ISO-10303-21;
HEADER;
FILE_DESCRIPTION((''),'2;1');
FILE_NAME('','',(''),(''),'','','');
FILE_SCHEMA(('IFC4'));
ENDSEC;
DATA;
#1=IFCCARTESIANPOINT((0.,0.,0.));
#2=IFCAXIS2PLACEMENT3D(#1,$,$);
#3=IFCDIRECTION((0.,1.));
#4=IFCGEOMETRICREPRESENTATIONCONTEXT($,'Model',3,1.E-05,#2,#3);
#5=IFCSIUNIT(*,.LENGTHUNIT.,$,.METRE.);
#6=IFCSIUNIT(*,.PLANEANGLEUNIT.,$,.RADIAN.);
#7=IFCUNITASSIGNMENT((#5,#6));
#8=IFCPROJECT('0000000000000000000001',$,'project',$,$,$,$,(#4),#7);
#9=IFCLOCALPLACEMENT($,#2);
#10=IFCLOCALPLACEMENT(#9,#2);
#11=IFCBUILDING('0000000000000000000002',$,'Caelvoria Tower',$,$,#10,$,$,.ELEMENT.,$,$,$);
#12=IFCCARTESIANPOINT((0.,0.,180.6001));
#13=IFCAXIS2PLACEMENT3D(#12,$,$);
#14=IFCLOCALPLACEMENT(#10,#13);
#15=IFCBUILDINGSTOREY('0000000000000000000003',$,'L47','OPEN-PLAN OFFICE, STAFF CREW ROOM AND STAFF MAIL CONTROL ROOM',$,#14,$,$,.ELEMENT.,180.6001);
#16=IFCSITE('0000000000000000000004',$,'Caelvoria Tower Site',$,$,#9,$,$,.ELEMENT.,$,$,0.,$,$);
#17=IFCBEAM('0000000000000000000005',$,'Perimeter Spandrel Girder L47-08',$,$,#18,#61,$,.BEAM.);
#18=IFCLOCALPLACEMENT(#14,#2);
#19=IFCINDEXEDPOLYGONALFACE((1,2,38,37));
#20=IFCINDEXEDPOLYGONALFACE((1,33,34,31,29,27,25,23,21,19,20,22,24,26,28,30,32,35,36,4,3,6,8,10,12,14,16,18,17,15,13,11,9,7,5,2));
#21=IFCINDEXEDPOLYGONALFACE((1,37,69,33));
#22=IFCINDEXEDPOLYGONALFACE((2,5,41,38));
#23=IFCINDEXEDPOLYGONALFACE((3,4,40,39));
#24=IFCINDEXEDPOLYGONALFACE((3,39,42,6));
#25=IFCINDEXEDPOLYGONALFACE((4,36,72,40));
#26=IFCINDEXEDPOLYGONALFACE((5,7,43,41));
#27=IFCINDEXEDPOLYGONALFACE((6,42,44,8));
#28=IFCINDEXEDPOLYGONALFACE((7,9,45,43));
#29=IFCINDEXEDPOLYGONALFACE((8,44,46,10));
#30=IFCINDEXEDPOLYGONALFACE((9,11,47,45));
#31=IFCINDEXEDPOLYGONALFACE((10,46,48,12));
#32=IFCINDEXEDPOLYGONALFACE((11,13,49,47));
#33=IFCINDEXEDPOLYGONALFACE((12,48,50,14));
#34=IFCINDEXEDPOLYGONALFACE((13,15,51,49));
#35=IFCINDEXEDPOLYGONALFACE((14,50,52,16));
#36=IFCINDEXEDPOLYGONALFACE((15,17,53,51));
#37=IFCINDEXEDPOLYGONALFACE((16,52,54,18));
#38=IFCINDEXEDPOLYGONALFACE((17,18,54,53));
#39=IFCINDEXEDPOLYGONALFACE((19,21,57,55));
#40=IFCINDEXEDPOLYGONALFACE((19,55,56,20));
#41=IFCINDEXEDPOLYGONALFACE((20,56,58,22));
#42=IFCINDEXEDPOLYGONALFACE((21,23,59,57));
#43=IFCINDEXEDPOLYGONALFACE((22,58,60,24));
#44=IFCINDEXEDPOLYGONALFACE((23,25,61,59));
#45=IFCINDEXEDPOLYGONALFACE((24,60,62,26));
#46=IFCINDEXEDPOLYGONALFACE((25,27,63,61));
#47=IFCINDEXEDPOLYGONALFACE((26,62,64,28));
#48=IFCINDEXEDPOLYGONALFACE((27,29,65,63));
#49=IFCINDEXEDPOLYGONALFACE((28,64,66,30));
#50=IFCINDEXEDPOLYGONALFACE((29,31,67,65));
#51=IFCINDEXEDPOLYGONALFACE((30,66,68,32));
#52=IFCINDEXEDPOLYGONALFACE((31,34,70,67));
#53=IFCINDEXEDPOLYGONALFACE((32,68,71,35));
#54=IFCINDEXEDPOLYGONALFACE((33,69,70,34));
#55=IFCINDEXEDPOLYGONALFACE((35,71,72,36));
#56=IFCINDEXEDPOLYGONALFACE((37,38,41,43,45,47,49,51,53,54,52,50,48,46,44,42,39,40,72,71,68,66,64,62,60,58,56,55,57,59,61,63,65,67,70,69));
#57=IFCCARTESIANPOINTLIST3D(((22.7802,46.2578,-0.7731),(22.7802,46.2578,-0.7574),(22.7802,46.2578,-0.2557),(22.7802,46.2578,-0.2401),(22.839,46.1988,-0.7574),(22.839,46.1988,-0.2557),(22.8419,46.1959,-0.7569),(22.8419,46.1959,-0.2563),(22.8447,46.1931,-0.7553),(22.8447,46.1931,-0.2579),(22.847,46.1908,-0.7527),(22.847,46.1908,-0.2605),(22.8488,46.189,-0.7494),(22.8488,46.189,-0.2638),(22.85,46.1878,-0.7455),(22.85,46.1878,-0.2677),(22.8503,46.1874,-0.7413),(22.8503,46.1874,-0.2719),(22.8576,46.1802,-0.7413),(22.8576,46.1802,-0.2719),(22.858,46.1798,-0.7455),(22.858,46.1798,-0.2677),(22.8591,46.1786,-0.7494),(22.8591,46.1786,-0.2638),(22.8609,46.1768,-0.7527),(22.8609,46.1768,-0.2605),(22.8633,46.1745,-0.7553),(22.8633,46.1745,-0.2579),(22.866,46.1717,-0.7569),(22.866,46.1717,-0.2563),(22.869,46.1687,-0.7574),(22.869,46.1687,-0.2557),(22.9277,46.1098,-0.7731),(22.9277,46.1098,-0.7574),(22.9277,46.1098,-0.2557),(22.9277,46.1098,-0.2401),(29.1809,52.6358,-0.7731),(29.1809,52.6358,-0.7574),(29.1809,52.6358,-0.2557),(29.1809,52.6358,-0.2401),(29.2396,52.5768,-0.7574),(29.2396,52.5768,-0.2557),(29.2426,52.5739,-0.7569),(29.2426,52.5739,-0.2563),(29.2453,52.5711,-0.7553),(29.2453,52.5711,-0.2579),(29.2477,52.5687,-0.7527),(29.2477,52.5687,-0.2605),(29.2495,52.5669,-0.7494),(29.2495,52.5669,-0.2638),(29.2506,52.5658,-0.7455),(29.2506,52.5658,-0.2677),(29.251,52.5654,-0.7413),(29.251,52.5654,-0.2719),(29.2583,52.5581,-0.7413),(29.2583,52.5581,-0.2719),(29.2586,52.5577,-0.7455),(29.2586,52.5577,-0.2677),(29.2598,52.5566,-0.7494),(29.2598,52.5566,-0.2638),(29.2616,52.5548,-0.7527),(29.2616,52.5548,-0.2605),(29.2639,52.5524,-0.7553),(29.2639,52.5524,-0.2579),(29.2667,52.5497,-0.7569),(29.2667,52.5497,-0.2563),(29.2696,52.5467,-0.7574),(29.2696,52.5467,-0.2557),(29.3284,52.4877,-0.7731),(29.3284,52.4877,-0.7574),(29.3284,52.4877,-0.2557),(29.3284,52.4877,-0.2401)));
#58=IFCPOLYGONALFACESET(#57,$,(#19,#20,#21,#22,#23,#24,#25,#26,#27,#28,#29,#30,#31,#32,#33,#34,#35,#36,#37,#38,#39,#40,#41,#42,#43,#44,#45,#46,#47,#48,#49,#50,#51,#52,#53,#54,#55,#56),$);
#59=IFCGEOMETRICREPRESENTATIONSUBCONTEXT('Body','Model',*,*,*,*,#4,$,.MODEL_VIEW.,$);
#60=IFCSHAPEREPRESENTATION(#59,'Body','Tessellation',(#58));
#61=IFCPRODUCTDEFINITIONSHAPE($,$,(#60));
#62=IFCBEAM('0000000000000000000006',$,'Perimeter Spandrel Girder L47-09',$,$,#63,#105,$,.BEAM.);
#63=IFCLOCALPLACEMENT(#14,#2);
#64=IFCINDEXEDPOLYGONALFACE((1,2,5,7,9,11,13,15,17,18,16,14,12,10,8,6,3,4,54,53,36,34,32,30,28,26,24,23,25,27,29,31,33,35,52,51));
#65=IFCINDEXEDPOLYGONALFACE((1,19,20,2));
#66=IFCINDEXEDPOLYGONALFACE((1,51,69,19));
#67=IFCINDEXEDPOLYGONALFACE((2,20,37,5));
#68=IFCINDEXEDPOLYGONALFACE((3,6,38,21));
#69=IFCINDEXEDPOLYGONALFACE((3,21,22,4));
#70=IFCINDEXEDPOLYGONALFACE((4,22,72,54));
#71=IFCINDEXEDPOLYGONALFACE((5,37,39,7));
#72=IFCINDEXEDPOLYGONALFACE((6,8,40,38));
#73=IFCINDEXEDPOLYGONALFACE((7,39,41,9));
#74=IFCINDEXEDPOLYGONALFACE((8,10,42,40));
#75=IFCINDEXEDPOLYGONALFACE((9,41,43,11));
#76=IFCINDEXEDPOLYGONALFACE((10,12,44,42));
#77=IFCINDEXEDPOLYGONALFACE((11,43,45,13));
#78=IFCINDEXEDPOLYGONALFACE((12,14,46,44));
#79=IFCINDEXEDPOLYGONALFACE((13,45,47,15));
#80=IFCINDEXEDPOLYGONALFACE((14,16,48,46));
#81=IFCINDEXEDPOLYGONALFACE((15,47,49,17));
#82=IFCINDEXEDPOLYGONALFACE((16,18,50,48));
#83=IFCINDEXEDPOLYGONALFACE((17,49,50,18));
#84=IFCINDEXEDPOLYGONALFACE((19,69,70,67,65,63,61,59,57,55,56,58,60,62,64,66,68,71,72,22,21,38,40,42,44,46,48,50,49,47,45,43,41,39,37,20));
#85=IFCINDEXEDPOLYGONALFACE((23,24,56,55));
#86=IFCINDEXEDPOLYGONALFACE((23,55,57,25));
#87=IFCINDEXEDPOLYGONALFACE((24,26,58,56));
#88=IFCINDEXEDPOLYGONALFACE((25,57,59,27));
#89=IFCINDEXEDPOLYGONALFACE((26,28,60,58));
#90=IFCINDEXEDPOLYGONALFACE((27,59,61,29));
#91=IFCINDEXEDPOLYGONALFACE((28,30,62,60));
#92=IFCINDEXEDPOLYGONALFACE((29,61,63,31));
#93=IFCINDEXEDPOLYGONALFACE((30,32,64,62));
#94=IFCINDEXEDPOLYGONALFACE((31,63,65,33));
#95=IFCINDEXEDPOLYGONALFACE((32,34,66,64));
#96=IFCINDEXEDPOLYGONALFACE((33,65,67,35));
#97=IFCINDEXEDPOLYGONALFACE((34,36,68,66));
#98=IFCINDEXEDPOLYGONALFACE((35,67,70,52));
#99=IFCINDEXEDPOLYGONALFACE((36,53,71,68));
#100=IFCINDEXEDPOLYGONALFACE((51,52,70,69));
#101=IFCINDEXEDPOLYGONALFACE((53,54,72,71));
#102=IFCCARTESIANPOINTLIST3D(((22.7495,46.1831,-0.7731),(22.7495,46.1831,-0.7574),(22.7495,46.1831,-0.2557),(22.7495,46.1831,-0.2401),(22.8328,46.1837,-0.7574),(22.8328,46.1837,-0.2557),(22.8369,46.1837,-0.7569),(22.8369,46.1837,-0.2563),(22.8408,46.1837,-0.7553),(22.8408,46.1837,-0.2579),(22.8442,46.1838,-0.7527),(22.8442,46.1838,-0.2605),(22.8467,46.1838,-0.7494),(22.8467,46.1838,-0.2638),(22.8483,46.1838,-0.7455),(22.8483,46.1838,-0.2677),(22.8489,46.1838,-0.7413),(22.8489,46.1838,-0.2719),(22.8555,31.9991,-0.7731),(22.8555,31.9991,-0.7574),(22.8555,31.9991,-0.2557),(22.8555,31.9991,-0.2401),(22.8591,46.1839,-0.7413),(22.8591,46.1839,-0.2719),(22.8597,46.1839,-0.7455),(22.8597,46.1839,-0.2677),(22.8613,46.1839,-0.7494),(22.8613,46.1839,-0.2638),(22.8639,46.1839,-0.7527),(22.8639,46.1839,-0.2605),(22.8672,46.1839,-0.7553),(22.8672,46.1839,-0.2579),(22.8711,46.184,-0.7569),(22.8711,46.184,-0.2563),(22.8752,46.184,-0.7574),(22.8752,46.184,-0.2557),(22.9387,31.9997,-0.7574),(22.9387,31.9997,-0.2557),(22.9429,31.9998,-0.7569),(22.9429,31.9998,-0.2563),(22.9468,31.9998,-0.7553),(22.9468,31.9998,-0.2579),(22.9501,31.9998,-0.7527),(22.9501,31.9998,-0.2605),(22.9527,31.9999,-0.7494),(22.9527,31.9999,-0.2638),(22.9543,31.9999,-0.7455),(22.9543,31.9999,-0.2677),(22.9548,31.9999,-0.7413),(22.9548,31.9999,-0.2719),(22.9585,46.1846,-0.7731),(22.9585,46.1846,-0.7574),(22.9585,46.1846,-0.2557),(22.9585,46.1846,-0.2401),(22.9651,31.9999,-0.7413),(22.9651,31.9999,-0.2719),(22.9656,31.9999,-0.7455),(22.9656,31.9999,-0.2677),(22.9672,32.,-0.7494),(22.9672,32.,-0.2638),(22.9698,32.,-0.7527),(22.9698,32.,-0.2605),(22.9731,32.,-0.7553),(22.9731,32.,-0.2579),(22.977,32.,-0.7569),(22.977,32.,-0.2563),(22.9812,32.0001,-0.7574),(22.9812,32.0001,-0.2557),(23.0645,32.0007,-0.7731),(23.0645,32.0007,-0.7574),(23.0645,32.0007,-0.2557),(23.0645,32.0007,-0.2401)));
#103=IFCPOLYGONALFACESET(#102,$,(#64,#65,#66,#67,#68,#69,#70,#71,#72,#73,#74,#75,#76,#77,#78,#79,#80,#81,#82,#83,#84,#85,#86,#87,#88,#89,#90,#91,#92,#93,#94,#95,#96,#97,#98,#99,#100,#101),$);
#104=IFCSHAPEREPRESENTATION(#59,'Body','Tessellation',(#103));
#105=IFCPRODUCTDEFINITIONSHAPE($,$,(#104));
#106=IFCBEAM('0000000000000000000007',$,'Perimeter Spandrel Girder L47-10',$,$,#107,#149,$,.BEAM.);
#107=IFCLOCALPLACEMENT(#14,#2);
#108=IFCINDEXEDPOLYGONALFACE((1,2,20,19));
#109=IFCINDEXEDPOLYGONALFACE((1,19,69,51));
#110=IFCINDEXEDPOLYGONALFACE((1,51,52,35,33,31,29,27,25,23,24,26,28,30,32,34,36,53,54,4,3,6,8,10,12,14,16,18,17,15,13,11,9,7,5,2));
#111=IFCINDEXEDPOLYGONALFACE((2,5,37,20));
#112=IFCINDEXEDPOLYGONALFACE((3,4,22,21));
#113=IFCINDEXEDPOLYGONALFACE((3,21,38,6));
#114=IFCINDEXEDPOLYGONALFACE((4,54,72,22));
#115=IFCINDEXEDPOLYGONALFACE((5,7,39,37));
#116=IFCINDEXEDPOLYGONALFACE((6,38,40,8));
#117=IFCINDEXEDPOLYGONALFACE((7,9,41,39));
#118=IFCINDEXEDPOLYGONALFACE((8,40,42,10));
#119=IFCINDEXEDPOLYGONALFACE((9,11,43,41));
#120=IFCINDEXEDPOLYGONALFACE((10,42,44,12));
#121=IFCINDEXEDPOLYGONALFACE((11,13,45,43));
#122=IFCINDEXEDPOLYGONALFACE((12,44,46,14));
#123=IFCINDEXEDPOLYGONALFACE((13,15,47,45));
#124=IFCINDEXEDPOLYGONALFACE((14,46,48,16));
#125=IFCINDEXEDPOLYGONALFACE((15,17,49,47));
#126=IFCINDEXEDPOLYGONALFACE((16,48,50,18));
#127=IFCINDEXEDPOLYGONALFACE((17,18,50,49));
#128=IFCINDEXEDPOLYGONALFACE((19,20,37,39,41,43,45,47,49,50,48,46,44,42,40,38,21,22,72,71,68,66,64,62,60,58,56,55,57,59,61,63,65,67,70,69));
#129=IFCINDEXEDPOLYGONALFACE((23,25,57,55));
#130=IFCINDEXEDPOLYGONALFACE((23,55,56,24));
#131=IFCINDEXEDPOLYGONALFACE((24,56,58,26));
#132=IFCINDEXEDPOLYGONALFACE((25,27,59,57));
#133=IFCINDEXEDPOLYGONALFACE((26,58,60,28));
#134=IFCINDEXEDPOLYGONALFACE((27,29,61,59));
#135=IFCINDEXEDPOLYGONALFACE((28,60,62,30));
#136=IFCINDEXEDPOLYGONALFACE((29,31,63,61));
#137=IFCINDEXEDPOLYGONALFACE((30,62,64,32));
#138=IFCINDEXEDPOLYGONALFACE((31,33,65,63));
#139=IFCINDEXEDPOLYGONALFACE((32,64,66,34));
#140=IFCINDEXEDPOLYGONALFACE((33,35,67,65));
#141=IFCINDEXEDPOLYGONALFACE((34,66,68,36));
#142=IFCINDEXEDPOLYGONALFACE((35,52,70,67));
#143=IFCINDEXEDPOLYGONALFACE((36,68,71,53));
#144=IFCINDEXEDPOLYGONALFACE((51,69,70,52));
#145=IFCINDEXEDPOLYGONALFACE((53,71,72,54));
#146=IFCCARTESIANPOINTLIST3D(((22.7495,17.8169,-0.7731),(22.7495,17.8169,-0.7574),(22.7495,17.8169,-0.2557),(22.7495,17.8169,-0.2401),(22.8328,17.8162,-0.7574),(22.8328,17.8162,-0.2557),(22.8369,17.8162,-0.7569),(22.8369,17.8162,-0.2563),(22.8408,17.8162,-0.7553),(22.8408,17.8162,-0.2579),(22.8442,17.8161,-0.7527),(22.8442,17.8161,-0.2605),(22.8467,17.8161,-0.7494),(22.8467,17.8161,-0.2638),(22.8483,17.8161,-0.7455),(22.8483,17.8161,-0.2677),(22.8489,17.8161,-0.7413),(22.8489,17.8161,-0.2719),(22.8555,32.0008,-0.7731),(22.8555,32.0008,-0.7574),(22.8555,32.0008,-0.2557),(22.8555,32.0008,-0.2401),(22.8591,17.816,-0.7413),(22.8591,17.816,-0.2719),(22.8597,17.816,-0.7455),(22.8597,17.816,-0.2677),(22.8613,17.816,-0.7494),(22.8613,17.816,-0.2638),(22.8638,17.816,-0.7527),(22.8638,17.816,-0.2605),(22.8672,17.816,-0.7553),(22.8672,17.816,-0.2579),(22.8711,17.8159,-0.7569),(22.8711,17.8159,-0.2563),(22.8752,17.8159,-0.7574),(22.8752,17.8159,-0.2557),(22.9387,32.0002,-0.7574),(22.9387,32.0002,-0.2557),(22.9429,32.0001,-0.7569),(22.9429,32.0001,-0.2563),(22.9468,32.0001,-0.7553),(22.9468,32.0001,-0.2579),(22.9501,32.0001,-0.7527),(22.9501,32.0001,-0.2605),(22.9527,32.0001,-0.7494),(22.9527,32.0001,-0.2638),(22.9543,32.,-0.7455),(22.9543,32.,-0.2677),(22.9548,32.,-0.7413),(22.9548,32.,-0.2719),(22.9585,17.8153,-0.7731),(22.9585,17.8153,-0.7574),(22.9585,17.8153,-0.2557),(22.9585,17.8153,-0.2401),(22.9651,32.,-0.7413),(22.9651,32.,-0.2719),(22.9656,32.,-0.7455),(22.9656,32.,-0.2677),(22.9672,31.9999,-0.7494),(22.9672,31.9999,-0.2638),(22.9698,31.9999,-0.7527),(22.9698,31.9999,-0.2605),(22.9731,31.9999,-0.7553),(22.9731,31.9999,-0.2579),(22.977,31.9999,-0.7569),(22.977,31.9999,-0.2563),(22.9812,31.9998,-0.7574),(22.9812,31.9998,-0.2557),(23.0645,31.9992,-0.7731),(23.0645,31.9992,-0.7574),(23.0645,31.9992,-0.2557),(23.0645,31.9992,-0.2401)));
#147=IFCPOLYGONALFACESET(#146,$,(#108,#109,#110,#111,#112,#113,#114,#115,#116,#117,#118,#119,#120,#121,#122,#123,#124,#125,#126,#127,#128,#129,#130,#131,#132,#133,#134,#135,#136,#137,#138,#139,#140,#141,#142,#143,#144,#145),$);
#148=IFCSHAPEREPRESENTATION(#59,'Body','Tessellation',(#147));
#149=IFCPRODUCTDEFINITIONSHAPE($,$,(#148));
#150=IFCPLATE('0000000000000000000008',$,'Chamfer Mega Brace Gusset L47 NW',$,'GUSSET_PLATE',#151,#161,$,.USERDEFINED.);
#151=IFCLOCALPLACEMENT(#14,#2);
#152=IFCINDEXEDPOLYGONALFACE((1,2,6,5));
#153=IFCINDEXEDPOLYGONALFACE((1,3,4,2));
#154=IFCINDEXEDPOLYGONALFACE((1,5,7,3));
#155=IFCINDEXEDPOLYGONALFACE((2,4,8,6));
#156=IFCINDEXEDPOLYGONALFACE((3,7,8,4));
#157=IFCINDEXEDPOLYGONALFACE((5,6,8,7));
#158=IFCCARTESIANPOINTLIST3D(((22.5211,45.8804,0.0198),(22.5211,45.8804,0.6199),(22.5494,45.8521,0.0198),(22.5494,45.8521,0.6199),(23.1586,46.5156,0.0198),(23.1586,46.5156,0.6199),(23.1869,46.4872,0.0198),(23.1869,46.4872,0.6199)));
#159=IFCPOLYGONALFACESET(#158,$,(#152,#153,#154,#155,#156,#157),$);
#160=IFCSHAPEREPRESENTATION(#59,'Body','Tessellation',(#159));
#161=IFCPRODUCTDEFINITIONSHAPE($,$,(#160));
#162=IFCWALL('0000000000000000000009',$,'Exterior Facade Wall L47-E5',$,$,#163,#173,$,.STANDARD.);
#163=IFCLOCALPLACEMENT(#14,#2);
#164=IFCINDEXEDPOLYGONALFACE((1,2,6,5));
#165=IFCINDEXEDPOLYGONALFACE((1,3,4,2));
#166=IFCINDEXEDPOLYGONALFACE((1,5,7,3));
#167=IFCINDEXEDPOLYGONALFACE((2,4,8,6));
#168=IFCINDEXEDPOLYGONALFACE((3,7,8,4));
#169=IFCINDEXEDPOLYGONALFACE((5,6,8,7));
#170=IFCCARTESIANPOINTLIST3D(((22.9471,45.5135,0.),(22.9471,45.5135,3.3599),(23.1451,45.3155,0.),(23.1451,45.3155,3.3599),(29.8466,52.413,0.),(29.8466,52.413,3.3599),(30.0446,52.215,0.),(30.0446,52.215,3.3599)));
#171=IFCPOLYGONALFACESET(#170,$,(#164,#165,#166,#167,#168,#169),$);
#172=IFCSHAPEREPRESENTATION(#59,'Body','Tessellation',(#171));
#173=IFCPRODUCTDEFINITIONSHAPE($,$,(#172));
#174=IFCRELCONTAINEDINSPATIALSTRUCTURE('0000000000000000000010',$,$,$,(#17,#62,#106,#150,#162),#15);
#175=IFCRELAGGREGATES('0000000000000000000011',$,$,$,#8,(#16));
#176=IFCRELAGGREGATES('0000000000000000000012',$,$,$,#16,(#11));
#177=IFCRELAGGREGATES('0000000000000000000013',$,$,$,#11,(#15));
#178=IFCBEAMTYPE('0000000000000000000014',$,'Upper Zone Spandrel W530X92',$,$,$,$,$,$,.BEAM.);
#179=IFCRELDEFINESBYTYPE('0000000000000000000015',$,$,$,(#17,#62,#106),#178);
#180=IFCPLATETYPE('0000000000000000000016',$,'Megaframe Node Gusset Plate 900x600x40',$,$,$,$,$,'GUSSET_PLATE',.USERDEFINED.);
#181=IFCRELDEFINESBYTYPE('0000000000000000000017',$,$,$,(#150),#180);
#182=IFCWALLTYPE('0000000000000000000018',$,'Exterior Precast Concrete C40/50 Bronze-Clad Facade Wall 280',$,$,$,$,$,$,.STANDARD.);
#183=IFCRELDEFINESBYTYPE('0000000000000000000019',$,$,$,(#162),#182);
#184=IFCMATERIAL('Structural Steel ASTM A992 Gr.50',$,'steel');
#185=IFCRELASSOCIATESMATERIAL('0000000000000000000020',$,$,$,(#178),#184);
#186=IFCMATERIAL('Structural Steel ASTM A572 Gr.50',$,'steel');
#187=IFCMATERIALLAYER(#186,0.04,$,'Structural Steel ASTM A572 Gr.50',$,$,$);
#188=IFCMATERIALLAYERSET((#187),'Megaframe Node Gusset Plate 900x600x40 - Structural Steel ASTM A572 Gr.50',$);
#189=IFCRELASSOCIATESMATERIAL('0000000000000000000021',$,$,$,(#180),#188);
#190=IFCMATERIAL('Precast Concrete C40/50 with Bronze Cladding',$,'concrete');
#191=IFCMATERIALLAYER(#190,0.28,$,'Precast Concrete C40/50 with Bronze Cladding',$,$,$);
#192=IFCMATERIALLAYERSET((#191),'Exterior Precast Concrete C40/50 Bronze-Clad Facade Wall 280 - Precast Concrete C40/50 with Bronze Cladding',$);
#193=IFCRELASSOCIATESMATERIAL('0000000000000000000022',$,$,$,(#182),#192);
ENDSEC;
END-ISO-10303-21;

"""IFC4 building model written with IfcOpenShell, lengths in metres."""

from ifc_helpers import new_model, si_unit, direction, frame, frame_2d, origin, origin_2d, place, context, subcontext, project, spatial, rectangle, i_section, extrude, material, layer, layer_set, material_profile, profile_set, type_object, element, save


model = new_model("IFC4")

# Units and contexts
model_context = context("Model", 3, precision=1e-05, world=origin(), true_north=direction((0.0, 1.0)))
body_context = subcontext(model_context, "Body", "Model", "MODEL_VIEW")
ifc_project = project(units=[si_unit("LENGTHUNIT", "METRE"), si_unit("PLANEANGLEUNIT", "RADIAN")], contexts=[model_context])

# Site, building, storey
site_placement = place(None, origin())
site = spatial("IfcSite", under=ifc_project, at=site_placement, Name="Caelvoria Tower Site", CompositionType="ELEMENT", RefElevation=0.0)
building_placement = place(site_placement, origin())
building = spatial("IfcBuilding", under=site, at=building_placement, Name="Caelvoria Tower", CompositionType="ELEMENT")
storey_placement = place(building_placement, frame((0.0, 0.0, 180.6001)))
storey = spatial("IfcBuildingStorey", under=building, at=storey_placement, Name="L47", Description="OPEN-PLAN OFFICE, STAFF CREW ROOM AND STAFF MAIL CONTROL ROOM", CompositionType="ELEMENT", Elevation=180.6001)

# Shared definitions
ifc_material_1 = material(Name="Structural Steel ASTM A572 Gr.50", Category="steel")
ifc_material_2 = material(Name="Structural Steel ASTM A992 Gr.50", Category="steel")

# Beams
ifc_material_profile_1 = material_profile(ifc_material_2, i_section(OverallWidth=0.209, OverallDepth=0.533, WebThickness=0.0103, FlangeThickness=0.0156, FilletRadius=0.0161, at=origin_2d()), Name="Structural Steel ASTM A992 Gr.50")
ifc_profile_set_1 = profile_set([ifc_material_profile_1], Name="W530X92 - Structural Steel ASTM A992 Gr.50")
beam_type_1 = type_object("IfcBeamType", Name="Upper Zone Spandrel W530X92", PredefinedType="BEAM", material=ifc_profile_set_1)
beam_1_placement = place(storey_placement, frame((29.2546, 52.5618, -0.5066), z_axis=(-0.708362, -0.705849, 0.0), x_axis=(0.705849, -0.708362, 0.0)))
element("IfcBeam", 1, at=beam_1_placement, inside=storey, type_object=beam_type_1, Name="Perimeter Spandrel Girder L47-08", PredefinedType="BEAM", context=body_context, shape_type="SweptSolid", body=[
    extrude(i_section(OverallWidth=0.209, OverallDepth=0.533, WebThickness=0.0103, FlangeThickness=0.0156, FilletRadius=0.0161, at=origin_2d()), origin(), (0.0, 0.0, 1.0), 9.0359),
])
for number, where, z_axis, x_axis, name in (
    (2, (22.854, 46.1838, -0.5066), (0.00747, -0.999972, 0.0), (0.999972, 0.00747, 0.0), "Perimeter Spandrel Girder L47-09"),
    (3, (22.96, 32.0, -0.5066), (-0.00747, -0.999972, 0.0), (0.999972, -0.00747, 0.0), "Perimeter Spandrel Girder L47-10"),
):
    element("IfcBeam", number, at=place(storey_placement, frame(where, z_axis=z_axis, x_axis=x_axis)), inside=storey, type_object=beam_type_1, Name=name, PredefinedType="BEAM", context=body_context, shape_type="SweptSolid", body=[
        extrude(i_section(OverallWidth=0.209, OverallDepth=0.533, WebThickness=0.0103, FlangeThickness=0.0156, FilletRadius=0.0161, at=origin_2d()), origin(), (0.0, 0.0, 1.0), 14.1843),
    ])

# Plate
ifc_layer_1 = layer(ifc_material_1, 0.04, Name="Structural Steel ASTM A572 Gr.50")
ifc_layer_set_1 = layer_set([ifc_layer_1], Name="Megaframe Node Gusset Plate 900x600x40 - Structural Steel ASTM A572 Gr.50")
plate_type = type_object("IfcPlateType", Name="Megaframe Node Gusset Plate 900x600x40", ElementType="GUSSET_PLATE", PredefinedType="USERDEFINED", material=ifc_layer_set_1)
plate_placement = place(storey_placement, frame((22.854, 46.1838, 0.0198), z_axis=(0.0, 0.0, 1.0), x_axis=(0.708373, 0.705838, 0.0)))
element("IfcPlate", 4, at=plate_placement, inside=storey, type_object=plate_type, Name="Chamfer Mega Brace Gusset L47 NW", ObjectType="GUSSET_PLATE", PredefinedType="USERDEFINED", context=body_context, shape_type="SweptSolid", body=[
    extrude(rectangle(XDim=0.8999, YDim=0.04, at=origin_2d()), origin(), (0.0, 0.0, 1.0), 0.6001),
])

# Wall
ifc_material_3 = material(Name="Precast Concrete C40/50 with Bronze Cladding", Category="concrete")
ifc_layer_2 = layer(ifc_material_3, 0.28, Name="Precast Concrete C40/50 with Bronze Cladding")
ifc_layer_set_2 = layer_set([ifc_layer_2], Name="Exterior Precast Concrete C40/50 Bronze-Clad Facade Wall 280 - Precast Concrete C40/50 with Bronze Cladding")
wall_type = type_object("IfcWallType", Name="Exterior Precast Concrete C40/50 Bronze-Clad Facade Wall 280", PredefinedType="STANDARD", material=ifc_layer_set_2)
wall_1_placement = place(storey_placement, frame((29.9456, 52.314, 0.0), z_axis=(0.0, 0.0, 1.0), x_axis=(-0.707107, -0.707107, 0.0)))
element("IfcWall", 5, at=wall_1_placement, inside=storey, type_object=wall_type, Name="Exterior Facade Wall L47-E5", PredefinedType="STANDARD", context=body_context, shape_type="SweptSolid", body=[
    extrude(rectangle(XDim=9.7573, YDim=0.28, at=frame_2d((4.8787, 0.0))), origin(), (0.0, 0.0, 1.0), 3.3599),
])

save(model, "model.ifc")
